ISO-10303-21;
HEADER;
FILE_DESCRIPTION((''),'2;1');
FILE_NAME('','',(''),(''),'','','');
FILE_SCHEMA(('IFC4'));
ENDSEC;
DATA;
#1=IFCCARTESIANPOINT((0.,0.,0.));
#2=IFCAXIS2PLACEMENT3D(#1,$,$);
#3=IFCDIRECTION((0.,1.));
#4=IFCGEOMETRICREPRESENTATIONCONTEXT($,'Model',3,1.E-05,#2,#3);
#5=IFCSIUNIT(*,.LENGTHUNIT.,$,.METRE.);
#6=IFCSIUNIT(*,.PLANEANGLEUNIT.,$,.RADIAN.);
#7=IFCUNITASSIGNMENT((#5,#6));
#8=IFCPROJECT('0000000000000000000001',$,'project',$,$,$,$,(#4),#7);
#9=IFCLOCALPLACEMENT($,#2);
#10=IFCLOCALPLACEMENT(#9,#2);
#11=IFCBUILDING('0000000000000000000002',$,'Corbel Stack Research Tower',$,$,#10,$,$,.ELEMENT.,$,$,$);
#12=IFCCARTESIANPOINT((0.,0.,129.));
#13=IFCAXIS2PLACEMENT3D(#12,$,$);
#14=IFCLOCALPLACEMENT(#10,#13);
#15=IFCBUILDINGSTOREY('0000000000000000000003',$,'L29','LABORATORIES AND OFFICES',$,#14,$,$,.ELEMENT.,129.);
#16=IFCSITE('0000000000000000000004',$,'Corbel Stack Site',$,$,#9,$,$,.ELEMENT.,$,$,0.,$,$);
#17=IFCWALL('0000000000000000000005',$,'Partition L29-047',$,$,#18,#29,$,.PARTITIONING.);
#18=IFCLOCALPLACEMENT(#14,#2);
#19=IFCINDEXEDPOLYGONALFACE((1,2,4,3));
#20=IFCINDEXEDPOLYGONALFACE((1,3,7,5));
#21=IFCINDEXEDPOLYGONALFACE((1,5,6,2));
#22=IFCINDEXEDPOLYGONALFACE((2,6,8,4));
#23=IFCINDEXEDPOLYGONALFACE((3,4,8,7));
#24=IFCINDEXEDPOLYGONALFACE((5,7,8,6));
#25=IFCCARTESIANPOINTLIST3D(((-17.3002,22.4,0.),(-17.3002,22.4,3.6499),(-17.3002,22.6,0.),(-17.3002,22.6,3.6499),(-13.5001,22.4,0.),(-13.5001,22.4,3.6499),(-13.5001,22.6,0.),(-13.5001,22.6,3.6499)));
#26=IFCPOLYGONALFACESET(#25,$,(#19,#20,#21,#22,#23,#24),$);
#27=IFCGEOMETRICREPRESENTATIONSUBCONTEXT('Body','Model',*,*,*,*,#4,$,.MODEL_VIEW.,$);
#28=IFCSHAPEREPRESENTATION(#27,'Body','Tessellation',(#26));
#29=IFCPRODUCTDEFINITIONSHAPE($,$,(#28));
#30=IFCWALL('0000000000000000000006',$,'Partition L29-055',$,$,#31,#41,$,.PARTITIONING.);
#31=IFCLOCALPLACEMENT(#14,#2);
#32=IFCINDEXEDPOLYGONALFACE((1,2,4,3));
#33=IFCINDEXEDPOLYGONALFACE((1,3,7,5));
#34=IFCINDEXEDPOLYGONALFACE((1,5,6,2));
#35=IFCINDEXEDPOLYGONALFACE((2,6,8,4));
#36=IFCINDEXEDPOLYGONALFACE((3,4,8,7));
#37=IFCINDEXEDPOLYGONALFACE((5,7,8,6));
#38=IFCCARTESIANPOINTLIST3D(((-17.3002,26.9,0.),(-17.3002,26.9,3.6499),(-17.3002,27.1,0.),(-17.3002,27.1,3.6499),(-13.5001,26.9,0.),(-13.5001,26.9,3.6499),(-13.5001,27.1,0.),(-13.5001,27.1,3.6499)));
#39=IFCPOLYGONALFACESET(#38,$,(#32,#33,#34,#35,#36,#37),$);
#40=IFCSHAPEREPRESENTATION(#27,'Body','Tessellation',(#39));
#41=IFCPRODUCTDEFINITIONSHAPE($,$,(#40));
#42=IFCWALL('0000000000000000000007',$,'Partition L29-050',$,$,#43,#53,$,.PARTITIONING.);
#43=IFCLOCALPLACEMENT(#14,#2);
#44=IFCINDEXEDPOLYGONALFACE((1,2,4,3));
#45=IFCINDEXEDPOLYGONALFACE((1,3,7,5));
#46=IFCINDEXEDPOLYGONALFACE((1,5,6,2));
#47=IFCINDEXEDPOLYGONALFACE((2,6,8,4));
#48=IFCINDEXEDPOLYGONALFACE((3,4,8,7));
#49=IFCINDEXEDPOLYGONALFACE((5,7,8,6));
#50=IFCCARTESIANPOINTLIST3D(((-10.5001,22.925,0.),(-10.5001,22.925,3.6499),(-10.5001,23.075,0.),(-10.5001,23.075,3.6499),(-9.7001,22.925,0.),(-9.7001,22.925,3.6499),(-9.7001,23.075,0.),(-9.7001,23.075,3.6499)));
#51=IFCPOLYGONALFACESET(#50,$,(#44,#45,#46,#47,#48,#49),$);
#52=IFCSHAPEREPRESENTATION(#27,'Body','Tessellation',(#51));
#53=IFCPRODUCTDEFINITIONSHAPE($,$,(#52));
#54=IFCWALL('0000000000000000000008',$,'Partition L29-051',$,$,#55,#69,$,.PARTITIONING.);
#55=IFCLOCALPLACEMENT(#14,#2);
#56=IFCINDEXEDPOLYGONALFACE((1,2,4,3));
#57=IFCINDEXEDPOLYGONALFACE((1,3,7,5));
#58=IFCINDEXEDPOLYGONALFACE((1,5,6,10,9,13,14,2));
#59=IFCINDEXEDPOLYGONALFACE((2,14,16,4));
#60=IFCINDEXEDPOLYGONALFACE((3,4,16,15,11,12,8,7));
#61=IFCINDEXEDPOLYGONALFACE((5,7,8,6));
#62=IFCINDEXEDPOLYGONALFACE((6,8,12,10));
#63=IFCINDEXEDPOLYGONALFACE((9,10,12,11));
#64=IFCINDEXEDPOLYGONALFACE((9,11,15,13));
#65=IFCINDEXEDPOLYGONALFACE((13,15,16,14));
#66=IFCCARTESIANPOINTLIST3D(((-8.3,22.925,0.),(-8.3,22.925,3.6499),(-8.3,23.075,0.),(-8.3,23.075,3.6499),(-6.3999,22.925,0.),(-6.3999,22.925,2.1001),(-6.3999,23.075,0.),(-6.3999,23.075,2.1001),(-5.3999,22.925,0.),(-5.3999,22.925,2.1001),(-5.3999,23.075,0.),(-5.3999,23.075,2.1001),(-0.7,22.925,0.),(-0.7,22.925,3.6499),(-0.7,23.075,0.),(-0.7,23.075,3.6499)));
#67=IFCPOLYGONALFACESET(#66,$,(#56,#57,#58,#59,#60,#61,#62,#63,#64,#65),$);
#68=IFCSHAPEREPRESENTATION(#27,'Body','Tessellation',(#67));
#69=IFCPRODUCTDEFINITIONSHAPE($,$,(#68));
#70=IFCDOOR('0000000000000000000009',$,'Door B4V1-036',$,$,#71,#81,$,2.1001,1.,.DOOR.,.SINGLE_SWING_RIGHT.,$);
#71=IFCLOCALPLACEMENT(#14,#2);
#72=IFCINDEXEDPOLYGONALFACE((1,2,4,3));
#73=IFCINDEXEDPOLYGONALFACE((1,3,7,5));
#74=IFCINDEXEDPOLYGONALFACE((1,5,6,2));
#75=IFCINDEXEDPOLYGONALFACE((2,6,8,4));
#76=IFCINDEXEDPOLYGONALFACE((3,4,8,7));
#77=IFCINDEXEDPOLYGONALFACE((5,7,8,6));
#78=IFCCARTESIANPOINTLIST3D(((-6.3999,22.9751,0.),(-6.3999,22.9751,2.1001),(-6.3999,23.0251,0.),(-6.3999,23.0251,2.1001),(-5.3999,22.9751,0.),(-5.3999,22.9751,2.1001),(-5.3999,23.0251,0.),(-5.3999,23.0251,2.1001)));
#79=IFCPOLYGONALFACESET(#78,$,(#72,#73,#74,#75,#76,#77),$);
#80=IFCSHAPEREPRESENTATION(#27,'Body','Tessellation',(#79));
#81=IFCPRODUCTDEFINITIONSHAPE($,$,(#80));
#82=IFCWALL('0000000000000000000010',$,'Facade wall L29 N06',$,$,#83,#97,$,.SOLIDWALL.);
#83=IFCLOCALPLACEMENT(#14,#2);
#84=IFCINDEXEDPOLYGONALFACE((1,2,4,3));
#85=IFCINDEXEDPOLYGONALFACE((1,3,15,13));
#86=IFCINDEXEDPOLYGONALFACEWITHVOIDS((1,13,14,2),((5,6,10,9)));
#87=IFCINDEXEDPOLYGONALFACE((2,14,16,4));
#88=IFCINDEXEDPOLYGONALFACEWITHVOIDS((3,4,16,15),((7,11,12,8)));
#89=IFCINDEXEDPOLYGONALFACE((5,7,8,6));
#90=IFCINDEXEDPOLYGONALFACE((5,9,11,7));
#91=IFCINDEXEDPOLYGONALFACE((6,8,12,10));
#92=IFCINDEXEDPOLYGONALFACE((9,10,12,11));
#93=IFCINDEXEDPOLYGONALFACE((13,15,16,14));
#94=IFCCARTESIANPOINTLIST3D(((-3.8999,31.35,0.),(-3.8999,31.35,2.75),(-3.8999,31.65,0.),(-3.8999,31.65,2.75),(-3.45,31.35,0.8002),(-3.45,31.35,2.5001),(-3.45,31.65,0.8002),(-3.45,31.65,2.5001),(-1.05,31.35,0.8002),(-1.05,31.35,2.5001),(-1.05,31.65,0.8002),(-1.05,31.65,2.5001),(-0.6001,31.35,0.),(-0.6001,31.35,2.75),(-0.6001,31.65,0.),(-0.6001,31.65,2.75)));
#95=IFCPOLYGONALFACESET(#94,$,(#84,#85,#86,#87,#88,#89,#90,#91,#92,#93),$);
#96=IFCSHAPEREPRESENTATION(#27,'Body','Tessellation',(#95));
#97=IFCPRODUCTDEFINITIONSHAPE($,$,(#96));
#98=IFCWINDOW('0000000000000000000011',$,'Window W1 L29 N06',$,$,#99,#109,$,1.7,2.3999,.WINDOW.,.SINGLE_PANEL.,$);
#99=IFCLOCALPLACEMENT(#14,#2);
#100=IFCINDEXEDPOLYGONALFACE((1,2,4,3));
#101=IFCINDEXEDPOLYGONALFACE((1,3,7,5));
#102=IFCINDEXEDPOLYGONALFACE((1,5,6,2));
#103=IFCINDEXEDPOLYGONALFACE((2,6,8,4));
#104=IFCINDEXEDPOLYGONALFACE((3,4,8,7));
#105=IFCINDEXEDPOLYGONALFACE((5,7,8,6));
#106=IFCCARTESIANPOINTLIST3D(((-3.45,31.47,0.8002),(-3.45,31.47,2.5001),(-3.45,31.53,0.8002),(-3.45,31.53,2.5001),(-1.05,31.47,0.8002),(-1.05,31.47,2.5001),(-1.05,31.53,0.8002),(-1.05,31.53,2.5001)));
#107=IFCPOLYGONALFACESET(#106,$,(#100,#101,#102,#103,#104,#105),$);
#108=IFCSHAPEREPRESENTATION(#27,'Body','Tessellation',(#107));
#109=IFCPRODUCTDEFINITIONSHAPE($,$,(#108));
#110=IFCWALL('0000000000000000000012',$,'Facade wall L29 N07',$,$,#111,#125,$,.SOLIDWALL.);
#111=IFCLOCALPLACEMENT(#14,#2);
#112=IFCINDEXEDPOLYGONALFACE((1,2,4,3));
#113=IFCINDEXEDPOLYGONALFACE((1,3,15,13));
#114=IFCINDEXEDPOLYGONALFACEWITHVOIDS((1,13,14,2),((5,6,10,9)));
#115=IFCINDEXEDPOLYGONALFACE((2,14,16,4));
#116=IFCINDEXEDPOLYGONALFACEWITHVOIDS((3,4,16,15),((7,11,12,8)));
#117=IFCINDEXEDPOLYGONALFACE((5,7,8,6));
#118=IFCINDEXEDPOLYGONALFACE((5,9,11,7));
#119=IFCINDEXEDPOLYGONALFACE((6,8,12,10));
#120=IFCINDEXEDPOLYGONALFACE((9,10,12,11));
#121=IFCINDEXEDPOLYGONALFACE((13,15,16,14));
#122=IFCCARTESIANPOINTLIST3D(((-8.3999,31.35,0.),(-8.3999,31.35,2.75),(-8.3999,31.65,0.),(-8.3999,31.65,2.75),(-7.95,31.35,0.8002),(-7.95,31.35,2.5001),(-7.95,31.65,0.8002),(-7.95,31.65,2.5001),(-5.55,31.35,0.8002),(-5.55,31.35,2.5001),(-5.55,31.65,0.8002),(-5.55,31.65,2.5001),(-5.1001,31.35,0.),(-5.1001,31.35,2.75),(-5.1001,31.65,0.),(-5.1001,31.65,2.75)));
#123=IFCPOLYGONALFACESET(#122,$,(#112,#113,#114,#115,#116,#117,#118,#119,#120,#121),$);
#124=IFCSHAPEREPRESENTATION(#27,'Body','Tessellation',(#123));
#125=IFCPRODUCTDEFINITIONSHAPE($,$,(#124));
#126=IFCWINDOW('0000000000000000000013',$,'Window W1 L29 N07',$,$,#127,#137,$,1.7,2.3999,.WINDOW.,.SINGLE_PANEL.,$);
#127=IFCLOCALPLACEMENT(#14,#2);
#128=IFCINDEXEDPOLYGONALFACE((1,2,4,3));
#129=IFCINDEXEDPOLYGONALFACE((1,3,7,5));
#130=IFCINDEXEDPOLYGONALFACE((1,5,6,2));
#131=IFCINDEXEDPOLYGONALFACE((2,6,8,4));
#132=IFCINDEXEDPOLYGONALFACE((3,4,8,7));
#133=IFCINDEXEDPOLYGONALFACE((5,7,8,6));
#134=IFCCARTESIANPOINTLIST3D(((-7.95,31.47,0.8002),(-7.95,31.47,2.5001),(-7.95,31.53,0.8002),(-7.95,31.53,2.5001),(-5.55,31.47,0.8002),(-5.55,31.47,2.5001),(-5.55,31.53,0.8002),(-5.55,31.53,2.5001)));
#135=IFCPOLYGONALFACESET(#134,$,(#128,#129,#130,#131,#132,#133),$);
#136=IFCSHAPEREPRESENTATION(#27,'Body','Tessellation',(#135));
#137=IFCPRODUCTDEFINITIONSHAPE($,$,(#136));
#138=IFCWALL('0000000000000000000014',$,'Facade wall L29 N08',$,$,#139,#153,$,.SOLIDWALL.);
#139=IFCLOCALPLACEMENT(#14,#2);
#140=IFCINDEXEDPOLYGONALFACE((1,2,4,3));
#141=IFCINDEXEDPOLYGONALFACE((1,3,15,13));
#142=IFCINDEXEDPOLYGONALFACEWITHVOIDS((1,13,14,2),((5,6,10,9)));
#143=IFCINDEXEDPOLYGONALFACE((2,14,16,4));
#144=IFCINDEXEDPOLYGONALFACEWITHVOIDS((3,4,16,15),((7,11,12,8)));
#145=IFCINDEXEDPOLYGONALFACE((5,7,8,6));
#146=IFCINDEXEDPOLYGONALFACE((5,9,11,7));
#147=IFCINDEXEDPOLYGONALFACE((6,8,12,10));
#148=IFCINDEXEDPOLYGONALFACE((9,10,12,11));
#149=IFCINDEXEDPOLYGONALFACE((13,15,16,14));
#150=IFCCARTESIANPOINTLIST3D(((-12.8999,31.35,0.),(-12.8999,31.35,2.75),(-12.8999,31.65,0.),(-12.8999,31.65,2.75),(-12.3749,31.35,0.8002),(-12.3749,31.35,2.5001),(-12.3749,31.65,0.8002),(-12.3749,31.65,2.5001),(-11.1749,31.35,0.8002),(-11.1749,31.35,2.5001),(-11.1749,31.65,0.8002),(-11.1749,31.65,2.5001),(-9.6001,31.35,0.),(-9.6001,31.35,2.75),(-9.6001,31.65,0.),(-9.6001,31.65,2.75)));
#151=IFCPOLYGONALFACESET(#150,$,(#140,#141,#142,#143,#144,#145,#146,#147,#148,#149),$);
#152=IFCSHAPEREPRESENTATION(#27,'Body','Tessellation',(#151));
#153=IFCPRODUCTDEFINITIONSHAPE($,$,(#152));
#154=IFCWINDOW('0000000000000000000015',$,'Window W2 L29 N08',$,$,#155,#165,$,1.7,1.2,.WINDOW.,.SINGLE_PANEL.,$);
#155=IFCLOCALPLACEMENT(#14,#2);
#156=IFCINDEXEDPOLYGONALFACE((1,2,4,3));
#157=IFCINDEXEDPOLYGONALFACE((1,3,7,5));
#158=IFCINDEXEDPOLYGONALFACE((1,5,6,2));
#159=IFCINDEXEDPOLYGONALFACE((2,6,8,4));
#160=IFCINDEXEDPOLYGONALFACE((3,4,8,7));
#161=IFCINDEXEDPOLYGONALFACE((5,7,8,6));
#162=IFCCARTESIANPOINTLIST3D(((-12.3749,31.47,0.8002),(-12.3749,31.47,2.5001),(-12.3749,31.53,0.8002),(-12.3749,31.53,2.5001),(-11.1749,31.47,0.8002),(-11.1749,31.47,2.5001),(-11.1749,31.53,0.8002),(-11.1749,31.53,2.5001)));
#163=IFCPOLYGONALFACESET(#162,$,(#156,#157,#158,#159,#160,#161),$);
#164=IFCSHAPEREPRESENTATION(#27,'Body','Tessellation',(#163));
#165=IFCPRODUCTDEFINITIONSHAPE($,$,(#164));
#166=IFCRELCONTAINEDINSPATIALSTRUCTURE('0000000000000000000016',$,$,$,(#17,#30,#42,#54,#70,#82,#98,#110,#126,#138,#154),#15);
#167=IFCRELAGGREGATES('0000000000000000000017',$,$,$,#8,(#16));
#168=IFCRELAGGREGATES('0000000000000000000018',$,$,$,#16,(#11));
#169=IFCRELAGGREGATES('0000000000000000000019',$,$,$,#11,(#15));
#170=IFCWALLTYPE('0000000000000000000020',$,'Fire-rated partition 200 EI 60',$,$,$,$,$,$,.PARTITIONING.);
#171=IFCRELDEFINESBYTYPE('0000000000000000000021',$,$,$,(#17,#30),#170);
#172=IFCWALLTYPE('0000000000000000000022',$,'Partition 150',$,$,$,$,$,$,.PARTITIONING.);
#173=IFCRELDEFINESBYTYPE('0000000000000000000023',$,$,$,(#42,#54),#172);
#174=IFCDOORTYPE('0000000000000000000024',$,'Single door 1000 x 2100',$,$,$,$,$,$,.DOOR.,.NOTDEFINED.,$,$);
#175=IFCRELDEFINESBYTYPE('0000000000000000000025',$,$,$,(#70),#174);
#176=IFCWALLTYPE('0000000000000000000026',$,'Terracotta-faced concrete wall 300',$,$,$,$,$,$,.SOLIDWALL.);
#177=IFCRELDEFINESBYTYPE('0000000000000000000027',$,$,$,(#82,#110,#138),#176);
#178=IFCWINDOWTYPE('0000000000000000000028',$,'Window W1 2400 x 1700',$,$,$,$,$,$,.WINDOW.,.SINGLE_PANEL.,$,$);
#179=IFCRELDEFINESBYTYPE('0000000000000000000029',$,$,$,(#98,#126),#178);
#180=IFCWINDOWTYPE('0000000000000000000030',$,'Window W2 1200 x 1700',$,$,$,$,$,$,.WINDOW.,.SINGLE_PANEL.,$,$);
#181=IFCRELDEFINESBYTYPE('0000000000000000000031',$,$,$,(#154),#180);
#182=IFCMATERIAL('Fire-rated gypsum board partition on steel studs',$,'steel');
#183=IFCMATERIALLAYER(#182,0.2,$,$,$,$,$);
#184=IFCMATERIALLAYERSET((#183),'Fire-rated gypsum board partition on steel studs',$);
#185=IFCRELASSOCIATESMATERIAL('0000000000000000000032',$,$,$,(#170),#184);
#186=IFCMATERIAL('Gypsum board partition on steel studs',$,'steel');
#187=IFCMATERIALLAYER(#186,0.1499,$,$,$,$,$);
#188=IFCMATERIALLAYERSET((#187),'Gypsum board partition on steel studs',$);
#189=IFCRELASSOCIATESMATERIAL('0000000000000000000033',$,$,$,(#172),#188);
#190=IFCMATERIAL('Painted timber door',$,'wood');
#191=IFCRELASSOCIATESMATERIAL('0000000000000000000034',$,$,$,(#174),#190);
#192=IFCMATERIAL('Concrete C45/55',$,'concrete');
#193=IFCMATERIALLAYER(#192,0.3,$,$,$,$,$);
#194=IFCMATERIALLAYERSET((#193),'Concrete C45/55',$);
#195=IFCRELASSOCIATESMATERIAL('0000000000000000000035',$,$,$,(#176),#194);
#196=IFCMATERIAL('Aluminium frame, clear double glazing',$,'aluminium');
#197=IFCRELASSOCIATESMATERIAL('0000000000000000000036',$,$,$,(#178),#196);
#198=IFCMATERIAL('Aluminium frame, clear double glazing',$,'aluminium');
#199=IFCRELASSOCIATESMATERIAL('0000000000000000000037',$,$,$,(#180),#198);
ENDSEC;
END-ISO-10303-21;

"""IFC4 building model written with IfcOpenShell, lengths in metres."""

from ifc_helpers import new_model, si_unit, direction, frame, frame_2d, origin, place, context, subcontext, project, spatial, rectangle, extrude, material, layer, layer_set, type_object, element, fill, save


model = new_model("IFC4")

# Units and contexts
model_context = context("Model", 3, precision=1e-05, world=origin(), true_north=direction((0.0, 1.0)))
body_context = subcontext(model_context, "Body", "Model", "MODEL_VIEW")
ifc_project = project(units=[si_unit("LENGTHUNIT", "METRE"), si_unit("PLANEANGLEUNIT", "RADIAN")], contexts=[model_context])

# Site, building, storey
site_placement = place(None, origin())
site = spatial("IfcSite", under=ifc_project, at=site_placement, Name="Corbel Stack Site", CompositionType="ELEMENT", RefElevation=0.0)
building_placement = place(site_placement, origin())
building = spatial("IfcBuilding", under=site, at=building_placement, Name="Corbel Stack Research Tower", CompositionType="ELEMENT")
storey_placement = place(building_placement, frame((0.0, 0.0, 129.0)))
storey = spatial("IfcBuildingStorey", under=building, at=storey_placement, Name="L29", Description="LABORATORIES AND OFFICES", CompositionType="ELEMENT", Elevation=129.0)

# Shared definitions
ifc_material_1 = material(Name="Fire-rated gypsum board partition on steel studs", Category="steel")
ifc_layer_1 = layer(ifc_material_1, 0.2)
ifc_layer_set_1 = layer_set([ifc_layer_1], Name="Fire-rated gypsum board partition on steel studs")
wall_type_1 = type_object("IfcWallType", Name="Fire-rated partition 200 EI 60", PredefinedType="PARTITIONING", material=ifc_layer_set_1)

# Walls
for number, where, z_axis, x_axis, name in (
    (1, (-17.3, 22.5, 0.0), (0.0, 0.0, 1.0), (1.0, 0.0, 0.0), "Partition L29-047"),
    (2, (-17.3, 27.0, 0.0), (0.0, 0.0, 1.0), (1.0, 0.0, 0.0), "Partition L29-055"),
):
    element("IfcWall", number, at=place(storey_placement, frame(where, z_axis=z_axis, x_axis=x_axis)), inside=storey, type_object=wall_type_1, Name=name, PredefinedType="PARTITIONING", context=body_context, shape_type="SweptSolid", body=[
        extrude(rectangle(XDim=3.8, YDim=0.2, at=frame_2d((1.8999, 0.0))), origin(), (0.0, 0.0, 1.0), 3.6499),
    ])
ifc_material_2 = material(Name="Gypsum board partition on steel studs", Category="steel")
ifc_layer_2 = layer(ifc_material_2, 0.1499)
ifc_layer_set_2 = layer_set([ifc_layer_2], Name="Gypsum board partition on steel studs")
wall_type_2 = type_object("IfcWallType", Name="Partition 150", PredefinedType="PARTITIONING", material=ifc_layer_set_2)
wall_1_placement = place(storey_placement, frame((-10.5, 23.0, 0.0), z_axis=(0.0, 0.0, 1.0), x_axis=(1.0, 0.0, 0.0)))
element("IfcWall", 3, at=wall_1_placement, inside=storey, type_object=wall_type_2, Name="Partition L29-050", PredefinedType="PARTITIONING", context=body_context, shape_type="SweptSolid", body=[
    extrude(rectangle(XDim=0.8, YDim=0.1499, at=frame_2d((0.3999, 0.0))), origin(), (0.0, 0.0, 1.0), 3.6499),
])

# Wall, opening, door
wall_2_placement = place(storey_placement, frame((-0.7, 23.0, 0.0), z_axis=(0.0, 0.0, 1.0), x_axis=(-1.0, 0.0, 0.0)))
wall_2 = element("IfcWall", 4, at=wall_2_placement, inside=storey, type_object=wall_type_2, Name="Partition L29-051", PredefinedType="PARTITIONING", context=body_context, shape_type="SweptSolid", body=[
    extrude(rectangle(XDim=7.6001, YDim=0.1499, at=frame_2d((3.8, 0.0))), origin(), (0.0, 0.0, 1.0), 3.6499),
])
opening_1_placement = place(wall_2_placement, frame((4.7, 0.0, 0.0)))
opening_1 = element("IfcOpeningElement", 5, at=opening_1_placement, cuts=wall_2, PredefinedType="OPENING", context=body_context, shape_type="SweptSolid", body=[
    extrude(rectangle(XDim=1.0, YDim=2.1001, at=frame_2d((0.5, 1.05))), frame((0.0, 0.085, 0.0), z_axis=(0.0, -1.0, 0.0), x_axis=(1.0, 0.0, 0.0)), (0.0, 0.0, 1.0), 0.1699),
])
ifc_material_3 = material(Name="Painted timber door", Category="wood")
door_type_1 = type_object("IfcDoorType", Name="Single door 1000 x 2100", OperationType="NOTDEFINED", PredefinedType="DOOR", material=ifc_material_3)
door_1_placement = place(opening_1_placement, origin())
door_1 = element("IfcDoor", 6, at=door_1_placement, inside=storey, type_object=door_type_1, Name="Door B4V1-036", OperationType="SINGLE_SWING_RIGHT", OverallHeight=2.1001, OverallWidth=1.0, PredefinedType="DOOR", context=body_context, shape_type="SweptSolid", body=[
    extrude(rectangle(XDim=1.0, YDim=2.1001, at=frame_2d((0.5, 1.05))), frame((0.0, 0.0249, 0.0), z_axis=(0.0, -1.0, 0.0), x_axis=(1.0, 0.0, 0.0)), (0.0, 0.0, 1.0), 0.05),
])
fill(opening_1, door_1)

# Walls, openings, windows
ifc_material_4 = material(Name="Concrete C45/55", Category="concrete")
ifc_layer_3 = layer(ifc_material_4, 0.3)
ifc_layer_set_3 = layer_set([ifc_layer_3], Name="Concrete C45/55")
wall_type_3 = type_object("IfcWallType", Name="Terracotta-faced concrete wall 300", PredefinedType="SOLIDWALL", material=ifc_layer_set_3)
wall_3_placement = place(storey_placement, frame((-3.8999, 31.5, 0.0), z_axis=(0.0, 0.0, 1.0), x_axis=(1.0, 0.0, 0.0)))
wall_3 = element("IfcWall", 7, at=wall_3_placement, inside=storey, type_object=wall_type_3, Name="Facade wall L29 N06", PredefinedType="SOLIDWALL", context=body_context, shape_type="SweptSolid", body=[
    extrude(rectangle(XDim=3.2998, YDim=0.3, at=frame_2d((1.6499, 0.0))), origin(), (0.0, 0.0, 1.0), 2.75),
])
opening_2_placement = place(wall_3_placement, frame((0.45, 0.0, 0.8)))
opening_2 = element("IfcOpeningElement", 8, at=opening_2_placement, cuts=wall_3, PredefinedType="OPENING", context=body_context, shape_type="SweptSolid", body=[
    extrude(rectangle(XDim=2.3999, YDim=1.7, at=frame_2d((1.2, 0.8501))), frame((0.0, 0.1599, 0.0), z_axis=(0.0, -1.0, 0.0), x_axis=(1.0, 0.0, 0.0)), (0.0, 0.0, 1.0), 0.3201),
])
ifc_material_5 = material(Name="Aluminium frame, clear double glazing", Category="aluminium")
window_type_1 = type_object("IfcWindowType", Name="Window W1 2400 x 1700", PartitioningType="SINGLE_PANEL", PredefinedType="WINDOW", material=ifc_material_5)
window_1_placement = place(opening_2_placement, origin())
window_1 = element("IfcWindow", 9, at=window_1_placement, inside=storey, type_object=window_type_1, Name="Window W1 L29 N06", OverallHeight=1.7, OverallWidth=2.3999, PartitioningType="SINGLE_PANEL", PredefinedType="WINDOW", context=body_context, shape_type="SweptSolid", body=[
    extrude(rectangle(XDim=2.3999, YDim=1.7, at=frame_2d((1.2, 0.8501))), frame((0.0, 0.03, 0.0), z_axis=(0.0, -1.0, 0.0), x_axis=(1.0, 0.0, 0.0)), (0.0, 0.0, 1.0), 0.0601),
])
fill(opening_2, window_1)
wall_4_placement = place(storey_placement, frame((-8.3999, 31.5, 0.0), z_axis=(0.0, 0.0, 1.0), x_axis=(1.0, 0.0, 0.0)))
wall_4 = element("IfcWall", 10, at=wall_4_placement, inside=storey, type_object=wall_type_3, Name="Facade wall L29 N07", PredefinedType="SOLIDWALL", context=body_context, shape_type="SweptSolid", body=[
    extrude(rectangle(XDim=3.2998, YDim=0.3, at=frame_2d((1.6499, 0.0))), origin(), (0.0, 0.0, 1.0), 2.75),
])
opening_3_placement = place(wall_4_placement, frame((0.45, 0.0, 0.8)))
opening_3 = element("IfcOpeningElement", 11, at=opening_3_placement, cuts=wall_4, PredefinedType="OPENING", context=body_context, shape_type="SweptSolid", body=[
    extrude(rectangle(XDim=2.3999, YDim=1.7, at=frame_2d((1.2, 0.8501))), frame((0.0, 0.1599, 0.0), z_axis=(0.0, -1.0, 0.0), x_axis=(1.0, 0.0, 0.0)), (0.0, 0.0, 1.0), 0.3201),
])
window_2_placement = place(opening_3_placement, origin())
window_2 = element("IfcWindow", 12, at=window_2_placement, inside=storey, type_object=window_type_1, Name="Window W1 L29 N07", OverallHeight=1.7, OverallWidth=2.3999, PartitioningType="SINGLE_PANEL", PredefinedType="WINDOW", context=body_context, shape_type="SweptSolid", body=[
    extrude(rectangle(XDim=2.3999, YDim=1.7, at=frame_2d((1.2, 0.8501))), frame((0.0, 0.03, 0.0), z_axis=(0.0, -1.0, 0.0), x_axis=(1.0, 0.0, 0.0)), (0.0, 0.0, 1.0), 0.0601),
])
fill(opening_3, window_2)
wall_5_placement = place(storey_placement, frame((-12.8999, 31.5, 0.0), z_axis=(0.0, 0.0, 1.0), x_axis=(1.0, 0.0, 0.0)))
wall_5 = element("IfcWall", 13, at=wall_5_placement, inside=storey, type_object=wall_type_3, Name="Facade wall L29 N08", PredefinedType="SOLIDWALL", context=body_context, shape_type="SweptSolid", body=[
    extrude(rectangle(XDim=3.2998, YDim=0.3, at=frame_2d((1.6499, 0.0))), origin(), (0.0, 0.0, 1.0), 2.75),
])
opening_4_placement = place(wall_5_placement, frame((0.5249, 0.0, 0.8)))
opening_4 = element("IfcOpeningElement", 14, at=opening_4_placement, cuts=wall_5, PredefinedType="OPENING", context=body_context, shape_type="SweptSolid", body=[
    extrude(rectangle(XDim=1.2, YDim=1.7, at=frame_2d((0.6001, 0.8501))), frame((0.0, 0.1599, 0.0), z_axis=(0.0, -1.0, 0.0), x_axis=(1.0, 0.0, 0.0)), (0.0, 0.0, 1.0), 0.3201),
])
ifc_material_6 = material(Name="Aluminium frame, clear double glazing", Category="aluminium")
window_type_2 = type_object("IfcWindowType", Name="Window W2 1200 x 1700", PartitioningType="SINGLE_PANEL", PredefinedType="WINDOW", material=ifc_material_6)
window_3_placement = place(opening_4_placement, origin())
window_3 = element("IfcWindow", 15, at=window_3_placement, inside=storey, type_object=window_type_2, Name="Window W2 L29 N08", OverallHeight=1.7, OverallWidth=1.2, PartitioningType="SINGLE_PANEL", PredefinedType="WINDOW", context=body_context, shape_type="SweptSolid", body=[
    extrude(rectangle(XDim=1.2, YDim=1.7, at=frame_2d((0.6001, 0.8501))), frame((0.0, 0.03, 0.0), z_axis=(0.0, -1.0, 0.0), x_axis=(1.0, 0.0, 0.0)), (0.0, 0.0, 1.0), 0.0601),
])
fill(opening_4, window_3)

save(model, "model.ifc")
